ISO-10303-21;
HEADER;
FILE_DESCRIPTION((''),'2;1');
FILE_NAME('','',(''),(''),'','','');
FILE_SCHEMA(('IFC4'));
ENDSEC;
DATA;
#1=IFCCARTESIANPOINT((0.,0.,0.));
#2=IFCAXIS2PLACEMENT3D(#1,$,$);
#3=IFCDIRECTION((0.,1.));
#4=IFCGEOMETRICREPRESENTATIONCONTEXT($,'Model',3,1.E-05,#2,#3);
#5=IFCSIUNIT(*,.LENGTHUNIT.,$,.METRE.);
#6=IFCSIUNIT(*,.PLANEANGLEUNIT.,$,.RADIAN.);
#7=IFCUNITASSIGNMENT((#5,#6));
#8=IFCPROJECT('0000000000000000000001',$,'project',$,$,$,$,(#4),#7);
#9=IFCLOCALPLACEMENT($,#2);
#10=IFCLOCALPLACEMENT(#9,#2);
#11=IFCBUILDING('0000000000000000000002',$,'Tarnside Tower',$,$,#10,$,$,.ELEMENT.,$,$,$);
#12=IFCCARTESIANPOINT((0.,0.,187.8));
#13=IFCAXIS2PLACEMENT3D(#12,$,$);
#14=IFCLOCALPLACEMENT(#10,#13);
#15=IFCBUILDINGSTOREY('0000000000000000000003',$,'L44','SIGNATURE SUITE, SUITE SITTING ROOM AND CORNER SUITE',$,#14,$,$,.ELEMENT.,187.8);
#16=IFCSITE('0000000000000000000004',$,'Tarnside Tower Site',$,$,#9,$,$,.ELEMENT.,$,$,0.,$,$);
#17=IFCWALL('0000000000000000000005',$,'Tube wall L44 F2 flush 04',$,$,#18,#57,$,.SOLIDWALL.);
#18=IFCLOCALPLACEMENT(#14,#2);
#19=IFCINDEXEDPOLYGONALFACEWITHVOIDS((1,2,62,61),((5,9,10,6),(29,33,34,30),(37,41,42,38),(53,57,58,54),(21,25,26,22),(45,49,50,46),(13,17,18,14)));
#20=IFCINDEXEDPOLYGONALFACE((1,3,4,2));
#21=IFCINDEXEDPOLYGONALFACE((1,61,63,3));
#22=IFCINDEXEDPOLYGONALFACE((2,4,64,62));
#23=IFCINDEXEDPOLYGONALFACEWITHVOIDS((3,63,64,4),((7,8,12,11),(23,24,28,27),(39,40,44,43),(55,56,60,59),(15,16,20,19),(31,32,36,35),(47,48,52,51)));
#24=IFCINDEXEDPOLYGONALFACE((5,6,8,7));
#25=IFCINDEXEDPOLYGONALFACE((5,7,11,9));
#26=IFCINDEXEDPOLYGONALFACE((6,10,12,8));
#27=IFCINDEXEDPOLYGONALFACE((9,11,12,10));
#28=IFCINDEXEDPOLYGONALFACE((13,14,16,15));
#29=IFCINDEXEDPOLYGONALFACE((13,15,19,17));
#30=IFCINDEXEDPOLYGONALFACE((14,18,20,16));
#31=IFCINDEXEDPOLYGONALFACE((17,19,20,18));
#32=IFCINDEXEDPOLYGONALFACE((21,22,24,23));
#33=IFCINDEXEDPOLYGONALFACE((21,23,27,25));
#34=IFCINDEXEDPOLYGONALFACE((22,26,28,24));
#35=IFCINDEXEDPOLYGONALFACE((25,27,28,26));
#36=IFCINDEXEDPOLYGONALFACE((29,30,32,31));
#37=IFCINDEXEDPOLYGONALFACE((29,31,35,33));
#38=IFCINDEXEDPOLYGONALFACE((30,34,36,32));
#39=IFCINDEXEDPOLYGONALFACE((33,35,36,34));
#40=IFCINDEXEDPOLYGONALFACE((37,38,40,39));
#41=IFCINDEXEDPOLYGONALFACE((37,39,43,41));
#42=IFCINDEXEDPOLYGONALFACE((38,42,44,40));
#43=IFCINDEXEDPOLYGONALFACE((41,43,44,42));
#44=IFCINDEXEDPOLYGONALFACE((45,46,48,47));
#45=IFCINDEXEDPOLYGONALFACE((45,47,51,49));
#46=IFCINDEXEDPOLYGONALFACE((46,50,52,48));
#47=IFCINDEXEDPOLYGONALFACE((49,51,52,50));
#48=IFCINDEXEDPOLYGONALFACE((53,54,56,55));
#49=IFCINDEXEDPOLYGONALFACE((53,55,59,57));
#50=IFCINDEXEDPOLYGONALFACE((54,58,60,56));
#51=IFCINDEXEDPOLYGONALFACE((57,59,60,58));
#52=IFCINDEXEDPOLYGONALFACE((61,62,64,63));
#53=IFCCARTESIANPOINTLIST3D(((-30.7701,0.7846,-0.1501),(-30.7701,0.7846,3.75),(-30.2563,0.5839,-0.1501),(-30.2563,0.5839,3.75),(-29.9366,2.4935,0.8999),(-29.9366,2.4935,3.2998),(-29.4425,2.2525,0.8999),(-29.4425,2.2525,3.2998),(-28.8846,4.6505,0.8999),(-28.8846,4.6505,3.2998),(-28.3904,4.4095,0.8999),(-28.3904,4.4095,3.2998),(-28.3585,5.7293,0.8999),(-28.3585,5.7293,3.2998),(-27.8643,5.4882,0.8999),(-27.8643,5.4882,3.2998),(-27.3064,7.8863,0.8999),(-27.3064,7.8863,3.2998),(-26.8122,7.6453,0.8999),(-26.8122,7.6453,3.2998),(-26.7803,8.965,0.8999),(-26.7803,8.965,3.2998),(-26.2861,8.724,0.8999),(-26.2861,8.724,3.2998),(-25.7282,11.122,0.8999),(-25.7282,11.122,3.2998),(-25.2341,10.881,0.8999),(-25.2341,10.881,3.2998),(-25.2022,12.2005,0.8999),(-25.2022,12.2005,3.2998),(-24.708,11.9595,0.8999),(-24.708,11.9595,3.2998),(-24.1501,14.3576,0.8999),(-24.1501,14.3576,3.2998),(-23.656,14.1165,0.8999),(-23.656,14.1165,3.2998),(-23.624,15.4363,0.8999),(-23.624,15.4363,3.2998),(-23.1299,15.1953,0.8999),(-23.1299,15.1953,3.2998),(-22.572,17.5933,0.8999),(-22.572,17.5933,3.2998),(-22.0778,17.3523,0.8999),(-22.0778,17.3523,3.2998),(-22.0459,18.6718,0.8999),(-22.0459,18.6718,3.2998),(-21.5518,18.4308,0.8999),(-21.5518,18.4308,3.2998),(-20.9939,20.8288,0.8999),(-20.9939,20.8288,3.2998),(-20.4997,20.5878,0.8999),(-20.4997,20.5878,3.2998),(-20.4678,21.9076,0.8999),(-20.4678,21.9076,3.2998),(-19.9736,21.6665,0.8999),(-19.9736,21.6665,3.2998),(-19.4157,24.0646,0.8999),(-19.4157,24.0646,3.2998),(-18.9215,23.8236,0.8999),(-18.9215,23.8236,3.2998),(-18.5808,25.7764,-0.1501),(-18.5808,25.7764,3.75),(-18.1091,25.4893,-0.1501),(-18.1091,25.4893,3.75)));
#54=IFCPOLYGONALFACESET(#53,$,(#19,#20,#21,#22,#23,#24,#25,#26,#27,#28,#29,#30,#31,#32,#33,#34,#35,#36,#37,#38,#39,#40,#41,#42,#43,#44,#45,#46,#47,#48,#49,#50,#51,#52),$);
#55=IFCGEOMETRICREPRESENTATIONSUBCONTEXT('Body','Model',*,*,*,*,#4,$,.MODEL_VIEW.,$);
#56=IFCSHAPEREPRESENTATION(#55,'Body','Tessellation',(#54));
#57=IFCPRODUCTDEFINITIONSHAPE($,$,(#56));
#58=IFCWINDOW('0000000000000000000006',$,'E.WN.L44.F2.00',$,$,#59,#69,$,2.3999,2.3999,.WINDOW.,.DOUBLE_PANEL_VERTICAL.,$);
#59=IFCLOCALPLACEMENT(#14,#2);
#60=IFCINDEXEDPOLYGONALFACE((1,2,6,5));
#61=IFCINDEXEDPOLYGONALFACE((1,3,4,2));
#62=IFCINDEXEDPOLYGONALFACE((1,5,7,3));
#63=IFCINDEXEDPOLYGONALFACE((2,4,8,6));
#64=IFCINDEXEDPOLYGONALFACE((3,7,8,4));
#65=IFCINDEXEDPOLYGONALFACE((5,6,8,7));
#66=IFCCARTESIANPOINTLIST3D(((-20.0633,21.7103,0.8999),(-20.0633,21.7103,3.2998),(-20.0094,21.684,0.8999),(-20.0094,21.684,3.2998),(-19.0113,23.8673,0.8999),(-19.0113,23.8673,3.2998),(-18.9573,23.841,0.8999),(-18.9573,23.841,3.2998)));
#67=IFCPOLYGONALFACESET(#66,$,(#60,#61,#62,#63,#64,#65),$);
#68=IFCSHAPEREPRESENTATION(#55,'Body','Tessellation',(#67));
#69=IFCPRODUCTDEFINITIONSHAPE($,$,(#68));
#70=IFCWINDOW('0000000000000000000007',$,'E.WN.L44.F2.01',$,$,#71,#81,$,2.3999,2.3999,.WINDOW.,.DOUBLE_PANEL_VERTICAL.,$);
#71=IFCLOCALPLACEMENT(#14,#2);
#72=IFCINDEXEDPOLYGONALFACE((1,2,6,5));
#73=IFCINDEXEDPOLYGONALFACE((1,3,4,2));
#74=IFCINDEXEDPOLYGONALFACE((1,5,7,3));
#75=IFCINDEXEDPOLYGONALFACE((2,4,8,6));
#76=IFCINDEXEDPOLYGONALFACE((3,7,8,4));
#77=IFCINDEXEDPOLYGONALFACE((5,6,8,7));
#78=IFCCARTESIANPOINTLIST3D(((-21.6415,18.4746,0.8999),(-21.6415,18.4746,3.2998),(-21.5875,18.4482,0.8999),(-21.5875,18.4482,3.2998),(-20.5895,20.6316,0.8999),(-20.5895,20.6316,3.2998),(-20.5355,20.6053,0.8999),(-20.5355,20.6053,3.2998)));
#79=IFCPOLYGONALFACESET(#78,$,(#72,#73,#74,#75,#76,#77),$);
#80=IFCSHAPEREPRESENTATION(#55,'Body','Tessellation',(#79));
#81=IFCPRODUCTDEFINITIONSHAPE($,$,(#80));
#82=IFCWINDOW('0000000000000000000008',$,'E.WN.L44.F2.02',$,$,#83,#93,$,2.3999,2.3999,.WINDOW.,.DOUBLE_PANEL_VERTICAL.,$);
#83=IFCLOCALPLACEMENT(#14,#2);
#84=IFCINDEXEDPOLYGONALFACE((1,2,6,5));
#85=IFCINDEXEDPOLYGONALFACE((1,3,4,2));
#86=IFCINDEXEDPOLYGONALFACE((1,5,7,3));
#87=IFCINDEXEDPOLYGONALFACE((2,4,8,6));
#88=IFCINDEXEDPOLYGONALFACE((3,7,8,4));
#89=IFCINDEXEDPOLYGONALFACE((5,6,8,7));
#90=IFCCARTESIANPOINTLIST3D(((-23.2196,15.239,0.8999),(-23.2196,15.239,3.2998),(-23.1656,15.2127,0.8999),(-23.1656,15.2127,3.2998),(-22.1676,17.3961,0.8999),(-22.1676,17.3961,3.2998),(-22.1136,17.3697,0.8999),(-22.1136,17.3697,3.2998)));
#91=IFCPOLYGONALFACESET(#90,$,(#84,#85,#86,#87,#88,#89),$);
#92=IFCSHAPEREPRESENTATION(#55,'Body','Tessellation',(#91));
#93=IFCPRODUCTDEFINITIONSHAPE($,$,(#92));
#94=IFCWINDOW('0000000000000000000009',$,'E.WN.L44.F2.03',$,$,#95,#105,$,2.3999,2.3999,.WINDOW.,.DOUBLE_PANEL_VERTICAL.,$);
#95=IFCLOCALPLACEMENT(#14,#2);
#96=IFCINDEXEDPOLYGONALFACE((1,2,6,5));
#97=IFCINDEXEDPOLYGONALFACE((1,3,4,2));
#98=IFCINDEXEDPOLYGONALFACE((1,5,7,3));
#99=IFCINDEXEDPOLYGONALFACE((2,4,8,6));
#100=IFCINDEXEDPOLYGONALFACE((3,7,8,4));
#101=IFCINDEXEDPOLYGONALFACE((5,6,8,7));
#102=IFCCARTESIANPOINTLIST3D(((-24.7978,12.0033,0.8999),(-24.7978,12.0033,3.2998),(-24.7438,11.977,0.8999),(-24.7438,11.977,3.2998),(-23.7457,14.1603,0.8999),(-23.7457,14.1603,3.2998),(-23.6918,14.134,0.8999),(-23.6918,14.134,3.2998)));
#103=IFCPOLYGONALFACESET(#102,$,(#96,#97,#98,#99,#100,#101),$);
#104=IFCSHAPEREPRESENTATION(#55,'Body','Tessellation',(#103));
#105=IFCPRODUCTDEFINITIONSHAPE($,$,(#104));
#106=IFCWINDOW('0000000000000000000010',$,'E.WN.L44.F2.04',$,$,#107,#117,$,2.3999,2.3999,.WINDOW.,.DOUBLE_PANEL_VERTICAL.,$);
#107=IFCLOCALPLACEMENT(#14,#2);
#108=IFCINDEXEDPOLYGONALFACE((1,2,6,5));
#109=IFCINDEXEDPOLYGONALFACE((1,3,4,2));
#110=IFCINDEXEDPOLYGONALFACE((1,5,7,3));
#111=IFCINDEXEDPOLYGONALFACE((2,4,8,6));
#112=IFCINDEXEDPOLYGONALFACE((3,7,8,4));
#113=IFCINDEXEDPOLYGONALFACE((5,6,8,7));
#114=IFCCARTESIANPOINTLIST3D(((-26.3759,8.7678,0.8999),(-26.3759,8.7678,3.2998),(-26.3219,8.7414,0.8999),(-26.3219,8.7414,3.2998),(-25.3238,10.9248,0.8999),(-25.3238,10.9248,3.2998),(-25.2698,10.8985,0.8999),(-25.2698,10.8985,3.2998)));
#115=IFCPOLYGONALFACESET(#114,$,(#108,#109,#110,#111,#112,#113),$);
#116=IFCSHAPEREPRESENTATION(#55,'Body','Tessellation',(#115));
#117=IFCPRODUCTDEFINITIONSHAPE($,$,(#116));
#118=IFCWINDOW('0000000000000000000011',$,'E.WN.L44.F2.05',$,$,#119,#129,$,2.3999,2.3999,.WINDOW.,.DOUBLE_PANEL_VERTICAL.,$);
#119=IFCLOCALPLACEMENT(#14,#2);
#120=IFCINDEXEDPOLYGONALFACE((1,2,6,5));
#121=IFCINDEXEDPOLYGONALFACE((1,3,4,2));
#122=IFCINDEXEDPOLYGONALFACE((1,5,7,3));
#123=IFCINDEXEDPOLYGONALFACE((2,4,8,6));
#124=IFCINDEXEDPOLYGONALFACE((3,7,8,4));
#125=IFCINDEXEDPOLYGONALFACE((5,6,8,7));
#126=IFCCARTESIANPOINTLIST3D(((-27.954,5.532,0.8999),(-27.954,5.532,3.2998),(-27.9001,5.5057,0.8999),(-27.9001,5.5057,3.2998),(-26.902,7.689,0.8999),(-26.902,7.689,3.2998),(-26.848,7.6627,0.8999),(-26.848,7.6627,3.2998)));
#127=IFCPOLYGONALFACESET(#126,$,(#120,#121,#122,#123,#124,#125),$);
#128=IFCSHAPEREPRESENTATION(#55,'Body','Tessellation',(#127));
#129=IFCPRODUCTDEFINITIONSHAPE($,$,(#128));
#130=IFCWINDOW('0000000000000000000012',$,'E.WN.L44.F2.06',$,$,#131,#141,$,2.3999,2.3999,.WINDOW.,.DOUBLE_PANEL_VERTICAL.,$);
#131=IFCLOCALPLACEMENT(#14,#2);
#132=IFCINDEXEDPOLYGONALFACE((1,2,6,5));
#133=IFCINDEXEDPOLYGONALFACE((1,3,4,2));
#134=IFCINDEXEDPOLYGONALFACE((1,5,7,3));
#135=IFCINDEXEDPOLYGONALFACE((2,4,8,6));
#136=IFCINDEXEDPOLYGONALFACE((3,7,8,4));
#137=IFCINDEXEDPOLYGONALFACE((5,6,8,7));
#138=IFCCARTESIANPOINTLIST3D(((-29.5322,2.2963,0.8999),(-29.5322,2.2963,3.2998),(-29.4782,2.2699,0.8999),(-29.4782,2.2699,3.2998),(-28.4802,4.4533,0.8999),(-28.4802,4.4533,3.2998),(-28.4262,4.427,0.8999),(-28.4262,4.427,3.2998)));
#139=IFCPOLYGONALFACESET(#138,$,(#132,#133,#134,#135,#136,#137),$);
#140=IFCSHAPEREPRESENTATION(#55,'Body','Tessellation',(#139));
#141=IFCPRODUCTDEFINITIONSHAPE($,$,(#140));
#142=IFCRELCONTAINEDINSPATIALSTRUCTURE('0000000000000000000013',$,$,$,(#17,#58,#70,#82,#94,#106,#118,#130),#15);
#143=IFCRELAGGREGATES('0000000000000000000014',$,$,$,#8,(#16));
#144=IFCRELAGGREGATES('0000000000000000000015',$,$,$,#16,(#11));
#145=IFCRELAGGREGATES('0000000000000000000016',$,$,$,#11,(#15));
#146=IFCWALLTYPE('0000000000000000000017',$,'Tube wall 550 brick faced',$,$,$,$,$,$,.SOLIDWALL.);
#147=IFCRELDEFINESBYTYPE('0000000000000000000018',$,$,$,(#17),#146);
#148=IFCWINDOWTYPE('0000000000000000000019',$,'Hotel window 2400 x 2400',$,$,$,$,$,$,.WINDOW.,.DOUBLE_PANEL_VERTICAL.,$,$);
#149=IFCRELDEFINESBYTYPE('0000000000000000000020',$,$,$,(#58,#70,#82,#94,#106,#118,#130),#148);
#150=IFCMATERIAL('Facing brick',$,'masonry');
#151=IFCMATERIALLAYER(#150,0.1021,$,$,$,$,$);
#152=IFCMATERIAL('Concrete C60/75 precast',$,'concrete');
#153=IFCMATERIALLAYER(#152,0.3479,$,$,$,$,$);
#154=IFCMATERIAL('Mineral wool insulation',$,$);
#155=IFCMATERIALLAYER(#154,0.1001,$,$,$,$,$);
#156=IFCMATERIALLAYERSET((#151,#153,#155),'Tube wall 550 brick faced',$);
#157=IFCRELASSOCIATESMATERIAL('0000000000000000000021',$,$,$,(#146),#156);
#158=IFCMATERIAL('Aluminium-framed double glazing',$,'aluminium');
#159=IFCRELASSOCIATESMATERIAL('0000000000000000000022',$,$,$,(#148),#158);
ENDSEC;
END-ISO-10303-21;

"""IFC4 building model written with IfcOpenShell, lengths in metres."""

from ifc_helpers import new_model, si_unit, direction, frame, frame_2d, origin, place, context, subcontext, project, spatial, polyline, rectangle, outline, extrude, material, layer, layer_set, type_object, element, fill, save


model = new_model("IFC4")

# Units and contexts
model_context = context("Model", 3, precision=1e-05, world=origin(), true_north=direction((0.0, 1.0)))
body_context = subcontext(model_context, "Body", "Model", "MODEL_VIEW")
ifc_project = project(units=[si_unit("LENGTHUNIT", "METRE"), si_unit("PLANEANGLEUNIT", "RADIAN")], contexts=[model_context])

# Site, building, storey
site_placement = place(None, origin())
site = spatial("IfcSite", under=ifc_project, at=site_placement, Name="Tarnside Tower Site", CompositionType="ELEMENT", RefElevation=0.0)
building_placement = place(site_placement, origin())
building = spatial("IfcBuilding", under=site, at=building_placement, Name="Tarnside Tower", CompositionType="ELEMENT")
storey_placement = place(building_placement, frame((0.0, 0.0, 187.8)))
storey = spatial("IfcBuildingStorey", under=building, at=storey_placement, Name="L44", Description="SIGNATURE SUITE, SUITE SITTING ROOM AND CORNER SUITE", CompositionType="ELEMENT", Elevation=187.8)

# Shared definitions
ifc_material_1 = material(Name="Facing brick", Category="masonry")
ifc_layer_1 = layer(ifc_material_1, 0.1021)
ifc_material_2 = material(Name="Concrete C60/75 precast", Category="concrete")
ifc_layer_2 = layer(ifc_material_2, 0.3479)
ifc_material_3 = material(Name="Mineral wool insulation")
ifc_layer_3 = layer(ifc_material_3, 0.1001)
ifc_layer_set_1 = layer_set([ifc_layer_1, ifc_layer_2, ifc_layer_3], Name="Tube wall 550 brick faced")
wall_type_1 = type_object("IfcWallType", Name="Tube wall 550 brick faced", PredefinedType="SOLIDWALL", material=ifc_layer_set_1)

# Wall, openings, windows
wall_1_placement = place(storey_placement, frame((-18.345, 25.6328, -0.1501), z_axis=(0.0, 0.0, 1.0), x_axis=(-0.438372, -0.898794, 0.0)))
wall_1 = element("IfcWall", 1, at=wall_1_placement, inside=storey, type_object=wall_type_1, Name="Tube wall L44 F2 flush 04", PredefinedType="SOLIDWALL", context=body_context, shape_type="SweptSolid", body=[
    extrude(outline(polyline([(-0.0256, -0.2749), (27.7803, -0.2749), (27.7354, 0.2749), (0.0256, 0.2749), (-0.0256, -0.2749)])), origin(), (0.0, 0.0, 1.0), 3.9001),
])
opening_1_placement = place(wall_1_placement, frame((1.8789, 0.0, 1.05)))
opening_1 = element("IfcOpeningElement", 2, at=opening_1_placement, cuts=wall_1, PredefinedType="OPENING", context=body_context, shape_type="SweptSolid", body=[
    extrude(rectangle(XDim=2.3999, YDim=2.3999, at=frame_2d((1.2, 1.2))), frame((0.0, 0.2852, 0.0), z_axis=(0.0, -1.0, 0.0), x_axis=(1.0, 0.0, 0.0)), (0.0, 0.0, 1.0), 0.5701),
])
opening_2_placement = place(wall_1_placement, frame((5.479, 0.0, 1.05)))
opening_2 = element("IfcOpeningElement", 3, at=opening_2_placement, cuts=wall_1, PredefinedType="OPENING", context=body_context, shape_type="SweptSolid", body=[
    extrude(rectangle(XDim=2.3999, YDim=2.3999, at=frame_2d((1.2, 1.2))), frame((0.0, 0.2852, 0.0), z_axis=(0.0, -1.0, 0.0), x_axis=(1.0, 0.0, 0.0)), (0.0, 0.0, 1.0), 0.5701),
])
opening_3_placement = place(wall_1_placement, frame((9.0789, 0.0, 1.05)))
opening_3 = element("IfcOpeningElement", 4, at=opening_3_placement, cuts=wall_1, PredefinedType="OPENING", context=body_context, shape_type="SweptSolid", body=[
    extrude(rectangle(XDim=2.3999, YDim=2.3999, at=frame_2d((1.2, 1.2))), frame((0.0, 0.2852, 0.0), z_axis=(0.0, -1.0, 0.0), x_axis=(1.0, 0.0, 0.0)), (0.0, 0.0, 1.0), 0.5701),
])
opening_4_placement = place(wall_1_placement, frame((12.679, 0.0, 1.05)))
opening_4 = element("IfcOpeningElement", 5, at=opening_4_placement, cuts=wall_1, PredefinedType="OPENING", context=body_context, shape_type="SweptSolid", body=[
    extrude(rectangle(XDim=2.3999, YDim=2.3999, at=frame_2d((1.2, 1.2))), frame((0.0, 0.2852, 0.0), z_axis=(0.0, -1.0, 0.0), x_axis=(1.0, 0.0, 0.0)), (0.0, 0.0, 1.0), 0.5701),
])
opening_5_placement = place(wall_1_placement, frame((16.2788, 0.0, 1.05)))
opening_5 = element("IfcOpeningElement", 6, at=opening_5_placement, cuts=wall_1, PredefinedType="OPENING", context=body_context, shape_type="SweptSolid", body=[
    extrude(rectangle(XDim=2.3999, YDim=2.3999, at=frame_2d((1.2, 1.2))), frame((0.0, 0.2852, 0.0), z_axis=(0.0, -1.0, 0.0), x_axis=(1.0, 0.0, 0.0)), (0.0, 0.0, 1.0), 0.5701),
])
opening_6_placement = place(wall_1_placement, frame((19.8789, 0.0, 1.05)))
opening_6 = element("IfcOpeningElement", 7, at=opening_6_placement, cuts=wall_1, PredefinedType="OPENING", context=body_context, shape_type="SweptSolid", body=[
    extrude(rectangle(XDim=2.3999, YDim=2.3999, at=frame_2d((1.2, 1.2))), frame((0.0, 0.2852, 0.0), z_axis=(0.0, -1.0, 0.0), x_axis=(1.0, 0.0, 0.0)), (0.0, 0.0, 1.0), 0.5701),
])
opening_7_placement = place(wall_1_placement, frame((23.479, 0.0, 1.05)))
opening_7 = element("IfcOpeningElement", 8, at=opening_7_placement, cuts=wall_1, PredefinedType="OPENING", context=body_context, shape_type="SweptSolid", body=[
    extrude(rectangle(XDim=2.3999, YDim=2.3999, at=frame_2d((1.2, 1.2))), frame((0.0, 0.2852, 0.0), z_axis=(0.0, -1.0, 0.0), x_axis=(1.0, 0.0, 0.0)), (0.0, 0.0, 1.0), 0.5701),
])
ifc_material_4 = material(Name="Aluminium-framed double glazing", Category="aluminium")
window_type = type_object("IfcWindowType", Name="Hotel window 2400 x 2400", PartitioningType="DOUBLE_PANEL_VERTICAL", PredefinedType="WINDOW", material=ifc_material_4)
window_1_placement = place(opening_1_placement, frame((0.0, 0.2051, 0.0)))
window_1 = element("IfcWindow", 9, at=window_1_placement, inside=storey, type_object=window_type, Name="E.WN.L44.F2.00", OverallHeight=2.3999, OverallWidth=2.3999, PartitioningType="DOUBLE_PANEL_VERTICAL", PredefinedType="WINDOW", context=body_context, shape_type="SweptSolid", body=[
    extrude(rectangle(XDim=2.3999, YDim=2.3999, at=frame_2d((1.2, 1.2))), frame((0.0, 0.03, 0.0), z_axis=(0.0, -1.0, 0.0), x_axis=(1.0, 0.0, 0.0)), (0.0, 0.0, 1.0), 0.0601),
])
fill(opening_1, window_1)
window_2_placement = place(opening_2_placement, frame((0.0, 0.2051, 0.0)))
window_2 = element("IfcWindow", 10, at=window_2_placement, inside=storey, type_object=window_type, Name="E.WN.L44.F2.01", OverallHeight=2.3999, OverallWidth=2.3999, PartitioningType="DOUBLE_PANEL_VERTICAL", PredefinedType="WINDOW", context=body_context, shape_type="SweptSolid", body=[
    extrude(rectangle(XDim=2.3999, YDim=2.3999, at=frame_2d((1.2, 1.2))), frame((0.0, 0.03, 0.0), z_axis=(0.0, -1.0, 0.0), x_axis=(1.0, 0.0, 0.0)), (0.0, 0.0, 1.0), 0.0601),
])
fill(opening_2, window_2)
window_3_placement = place(opening_3_placement, frame((0.0, 0.2051, 0.0)))
window_3 = element("IfcWindow", 11, at=window_3_placement, inside=storey, type_object=window_type, Name="E.WN.L44.F2.02", OverallHeight=2.3999, OverallWidth=2.3999, PartitioningType="DOUBLE_PANEL_VERTICAL", PredefinedType="WINDOW", context=body_context, shape_type="SweptSolid", body=[
    extrude(rectangle(XDim=2.3999, YDim=2.3999, at=frame_2d((1.2, 1.2))), frame((0.0, 0.03, 0.0), z_axis=(0.0, -1.0, 0.0), x_axis=(1.0, 0.0, 0.0)), (0.0, 0.0, 1.0), 0.0601),
])
fill(opening_3, window_3)
window_4_placement = place(opening_4_placement, frame((0.0, 0.2051, 0.0)))
window_4 = element("IfcWindow", 12, at=window_4_placement, inside=storey, type_object=window_type, Name="E.WN.L44.F2.03", OverallHeight=2.3999, OverallWidth=2.3999, PartitioningType="DOUBLE_PANEL_VERTICAL", PredefinedType="WINDOW", context=body_context, shape_type="SweptSolid", body=[
    extrude(rectangle(XDim=2.3999, YDim=2.3999, at=frame_2d((1.2, 1.2))), frame((0.0, 0.03, 0.0), z_axis=(0.0, -1.0, 0.0), x_axis=(1.0, 0.0, 0.0)), (0.0, 0.0, 1.0), 0.0601),
])
fill(opening_4, window_4)
window_5_placement = place(opening_5_placement, frame((0.0, 0.2051, 0.0)))
window_5 = element("IfcWindow", 13, at=window_5_placement, inside=storey, type_object=window_type, Name="E.WN.L44.F2.04", OverallHeight=2.3999, OverallWidth=2.3999, PartitioningType="DOUBLE_PANEL_VERTICAL", PredefinedType="WINDOW", context=body_context, shape_type="SweptSolid", body=[
    extrude(rectangle(XDim=2.3999, YDim=2.3999, at=frame_2d((1.2, 1.2))), frame((0.0, 0.03, 0.0), z_axis=(0.0, -1.0, 0.0), x_axis=(1.0, 0.0, 0.0)), (0.0, 0.0, 1.0), 0.0601),
])
fill(opening_5, window_5)
window_6_placement = place(opening_6_placement, frame((0.0, 0.2051, 0.0)))
window_6 = element("IfcWindow", 14, at=window_6_placement, inside=storey, type_object=window_type, Name="E.WN.L44.F2.05", OverallHeight=2.3999, OverallWidth=2.3999, PartitioningType="DOUBLE_PANEL_VERTICAL", PredefinedType="WINDOW", context=body_context, shape_type="SweptSolid", body=[
    extrude(rectangle(XDim=2.3999, YDim=2.3999, at=frame_2d((1.2, 1.2))), frame((0.0, 0.03, 0.0), z_axis=(0.0, -1.0, 0.0), x_axis=(1.0, 0.0, 0.0)), (0.0, 0.0, 1.0), 0.0601),
])
fill(opening_6, window_6)
window_7_placement = place(opening_7_placement, frame((0.0, 0.2051, 0.0)))
window_7 = element("IfcWindow", 15, at=window_7_placement, inside=storey, type_object=window_type, Name="E.WN.L44.F2.06", OverallHeight=2.3999, OverallWidth=2.3999, PartitioningType="DOUBLE_PANEL_VERTICAL", PredefinedType="WINDOW", context=body_context, shape_type="SweptSolid", body=[
    extrude(rectangle(XDim=2.3999, YDim=2.3999, at=frame_2d((1.2, 1.2))), frame((0.0, 0.03, 0.0), z_axis=(0.0, -1.0, 0.0), x_axis=(1.0, 0.0, 0.0)), (0.0, 0.0, 1.0), 0.0601),
])
fill(opening_7, window_7)

save(model, "model.ifc")
